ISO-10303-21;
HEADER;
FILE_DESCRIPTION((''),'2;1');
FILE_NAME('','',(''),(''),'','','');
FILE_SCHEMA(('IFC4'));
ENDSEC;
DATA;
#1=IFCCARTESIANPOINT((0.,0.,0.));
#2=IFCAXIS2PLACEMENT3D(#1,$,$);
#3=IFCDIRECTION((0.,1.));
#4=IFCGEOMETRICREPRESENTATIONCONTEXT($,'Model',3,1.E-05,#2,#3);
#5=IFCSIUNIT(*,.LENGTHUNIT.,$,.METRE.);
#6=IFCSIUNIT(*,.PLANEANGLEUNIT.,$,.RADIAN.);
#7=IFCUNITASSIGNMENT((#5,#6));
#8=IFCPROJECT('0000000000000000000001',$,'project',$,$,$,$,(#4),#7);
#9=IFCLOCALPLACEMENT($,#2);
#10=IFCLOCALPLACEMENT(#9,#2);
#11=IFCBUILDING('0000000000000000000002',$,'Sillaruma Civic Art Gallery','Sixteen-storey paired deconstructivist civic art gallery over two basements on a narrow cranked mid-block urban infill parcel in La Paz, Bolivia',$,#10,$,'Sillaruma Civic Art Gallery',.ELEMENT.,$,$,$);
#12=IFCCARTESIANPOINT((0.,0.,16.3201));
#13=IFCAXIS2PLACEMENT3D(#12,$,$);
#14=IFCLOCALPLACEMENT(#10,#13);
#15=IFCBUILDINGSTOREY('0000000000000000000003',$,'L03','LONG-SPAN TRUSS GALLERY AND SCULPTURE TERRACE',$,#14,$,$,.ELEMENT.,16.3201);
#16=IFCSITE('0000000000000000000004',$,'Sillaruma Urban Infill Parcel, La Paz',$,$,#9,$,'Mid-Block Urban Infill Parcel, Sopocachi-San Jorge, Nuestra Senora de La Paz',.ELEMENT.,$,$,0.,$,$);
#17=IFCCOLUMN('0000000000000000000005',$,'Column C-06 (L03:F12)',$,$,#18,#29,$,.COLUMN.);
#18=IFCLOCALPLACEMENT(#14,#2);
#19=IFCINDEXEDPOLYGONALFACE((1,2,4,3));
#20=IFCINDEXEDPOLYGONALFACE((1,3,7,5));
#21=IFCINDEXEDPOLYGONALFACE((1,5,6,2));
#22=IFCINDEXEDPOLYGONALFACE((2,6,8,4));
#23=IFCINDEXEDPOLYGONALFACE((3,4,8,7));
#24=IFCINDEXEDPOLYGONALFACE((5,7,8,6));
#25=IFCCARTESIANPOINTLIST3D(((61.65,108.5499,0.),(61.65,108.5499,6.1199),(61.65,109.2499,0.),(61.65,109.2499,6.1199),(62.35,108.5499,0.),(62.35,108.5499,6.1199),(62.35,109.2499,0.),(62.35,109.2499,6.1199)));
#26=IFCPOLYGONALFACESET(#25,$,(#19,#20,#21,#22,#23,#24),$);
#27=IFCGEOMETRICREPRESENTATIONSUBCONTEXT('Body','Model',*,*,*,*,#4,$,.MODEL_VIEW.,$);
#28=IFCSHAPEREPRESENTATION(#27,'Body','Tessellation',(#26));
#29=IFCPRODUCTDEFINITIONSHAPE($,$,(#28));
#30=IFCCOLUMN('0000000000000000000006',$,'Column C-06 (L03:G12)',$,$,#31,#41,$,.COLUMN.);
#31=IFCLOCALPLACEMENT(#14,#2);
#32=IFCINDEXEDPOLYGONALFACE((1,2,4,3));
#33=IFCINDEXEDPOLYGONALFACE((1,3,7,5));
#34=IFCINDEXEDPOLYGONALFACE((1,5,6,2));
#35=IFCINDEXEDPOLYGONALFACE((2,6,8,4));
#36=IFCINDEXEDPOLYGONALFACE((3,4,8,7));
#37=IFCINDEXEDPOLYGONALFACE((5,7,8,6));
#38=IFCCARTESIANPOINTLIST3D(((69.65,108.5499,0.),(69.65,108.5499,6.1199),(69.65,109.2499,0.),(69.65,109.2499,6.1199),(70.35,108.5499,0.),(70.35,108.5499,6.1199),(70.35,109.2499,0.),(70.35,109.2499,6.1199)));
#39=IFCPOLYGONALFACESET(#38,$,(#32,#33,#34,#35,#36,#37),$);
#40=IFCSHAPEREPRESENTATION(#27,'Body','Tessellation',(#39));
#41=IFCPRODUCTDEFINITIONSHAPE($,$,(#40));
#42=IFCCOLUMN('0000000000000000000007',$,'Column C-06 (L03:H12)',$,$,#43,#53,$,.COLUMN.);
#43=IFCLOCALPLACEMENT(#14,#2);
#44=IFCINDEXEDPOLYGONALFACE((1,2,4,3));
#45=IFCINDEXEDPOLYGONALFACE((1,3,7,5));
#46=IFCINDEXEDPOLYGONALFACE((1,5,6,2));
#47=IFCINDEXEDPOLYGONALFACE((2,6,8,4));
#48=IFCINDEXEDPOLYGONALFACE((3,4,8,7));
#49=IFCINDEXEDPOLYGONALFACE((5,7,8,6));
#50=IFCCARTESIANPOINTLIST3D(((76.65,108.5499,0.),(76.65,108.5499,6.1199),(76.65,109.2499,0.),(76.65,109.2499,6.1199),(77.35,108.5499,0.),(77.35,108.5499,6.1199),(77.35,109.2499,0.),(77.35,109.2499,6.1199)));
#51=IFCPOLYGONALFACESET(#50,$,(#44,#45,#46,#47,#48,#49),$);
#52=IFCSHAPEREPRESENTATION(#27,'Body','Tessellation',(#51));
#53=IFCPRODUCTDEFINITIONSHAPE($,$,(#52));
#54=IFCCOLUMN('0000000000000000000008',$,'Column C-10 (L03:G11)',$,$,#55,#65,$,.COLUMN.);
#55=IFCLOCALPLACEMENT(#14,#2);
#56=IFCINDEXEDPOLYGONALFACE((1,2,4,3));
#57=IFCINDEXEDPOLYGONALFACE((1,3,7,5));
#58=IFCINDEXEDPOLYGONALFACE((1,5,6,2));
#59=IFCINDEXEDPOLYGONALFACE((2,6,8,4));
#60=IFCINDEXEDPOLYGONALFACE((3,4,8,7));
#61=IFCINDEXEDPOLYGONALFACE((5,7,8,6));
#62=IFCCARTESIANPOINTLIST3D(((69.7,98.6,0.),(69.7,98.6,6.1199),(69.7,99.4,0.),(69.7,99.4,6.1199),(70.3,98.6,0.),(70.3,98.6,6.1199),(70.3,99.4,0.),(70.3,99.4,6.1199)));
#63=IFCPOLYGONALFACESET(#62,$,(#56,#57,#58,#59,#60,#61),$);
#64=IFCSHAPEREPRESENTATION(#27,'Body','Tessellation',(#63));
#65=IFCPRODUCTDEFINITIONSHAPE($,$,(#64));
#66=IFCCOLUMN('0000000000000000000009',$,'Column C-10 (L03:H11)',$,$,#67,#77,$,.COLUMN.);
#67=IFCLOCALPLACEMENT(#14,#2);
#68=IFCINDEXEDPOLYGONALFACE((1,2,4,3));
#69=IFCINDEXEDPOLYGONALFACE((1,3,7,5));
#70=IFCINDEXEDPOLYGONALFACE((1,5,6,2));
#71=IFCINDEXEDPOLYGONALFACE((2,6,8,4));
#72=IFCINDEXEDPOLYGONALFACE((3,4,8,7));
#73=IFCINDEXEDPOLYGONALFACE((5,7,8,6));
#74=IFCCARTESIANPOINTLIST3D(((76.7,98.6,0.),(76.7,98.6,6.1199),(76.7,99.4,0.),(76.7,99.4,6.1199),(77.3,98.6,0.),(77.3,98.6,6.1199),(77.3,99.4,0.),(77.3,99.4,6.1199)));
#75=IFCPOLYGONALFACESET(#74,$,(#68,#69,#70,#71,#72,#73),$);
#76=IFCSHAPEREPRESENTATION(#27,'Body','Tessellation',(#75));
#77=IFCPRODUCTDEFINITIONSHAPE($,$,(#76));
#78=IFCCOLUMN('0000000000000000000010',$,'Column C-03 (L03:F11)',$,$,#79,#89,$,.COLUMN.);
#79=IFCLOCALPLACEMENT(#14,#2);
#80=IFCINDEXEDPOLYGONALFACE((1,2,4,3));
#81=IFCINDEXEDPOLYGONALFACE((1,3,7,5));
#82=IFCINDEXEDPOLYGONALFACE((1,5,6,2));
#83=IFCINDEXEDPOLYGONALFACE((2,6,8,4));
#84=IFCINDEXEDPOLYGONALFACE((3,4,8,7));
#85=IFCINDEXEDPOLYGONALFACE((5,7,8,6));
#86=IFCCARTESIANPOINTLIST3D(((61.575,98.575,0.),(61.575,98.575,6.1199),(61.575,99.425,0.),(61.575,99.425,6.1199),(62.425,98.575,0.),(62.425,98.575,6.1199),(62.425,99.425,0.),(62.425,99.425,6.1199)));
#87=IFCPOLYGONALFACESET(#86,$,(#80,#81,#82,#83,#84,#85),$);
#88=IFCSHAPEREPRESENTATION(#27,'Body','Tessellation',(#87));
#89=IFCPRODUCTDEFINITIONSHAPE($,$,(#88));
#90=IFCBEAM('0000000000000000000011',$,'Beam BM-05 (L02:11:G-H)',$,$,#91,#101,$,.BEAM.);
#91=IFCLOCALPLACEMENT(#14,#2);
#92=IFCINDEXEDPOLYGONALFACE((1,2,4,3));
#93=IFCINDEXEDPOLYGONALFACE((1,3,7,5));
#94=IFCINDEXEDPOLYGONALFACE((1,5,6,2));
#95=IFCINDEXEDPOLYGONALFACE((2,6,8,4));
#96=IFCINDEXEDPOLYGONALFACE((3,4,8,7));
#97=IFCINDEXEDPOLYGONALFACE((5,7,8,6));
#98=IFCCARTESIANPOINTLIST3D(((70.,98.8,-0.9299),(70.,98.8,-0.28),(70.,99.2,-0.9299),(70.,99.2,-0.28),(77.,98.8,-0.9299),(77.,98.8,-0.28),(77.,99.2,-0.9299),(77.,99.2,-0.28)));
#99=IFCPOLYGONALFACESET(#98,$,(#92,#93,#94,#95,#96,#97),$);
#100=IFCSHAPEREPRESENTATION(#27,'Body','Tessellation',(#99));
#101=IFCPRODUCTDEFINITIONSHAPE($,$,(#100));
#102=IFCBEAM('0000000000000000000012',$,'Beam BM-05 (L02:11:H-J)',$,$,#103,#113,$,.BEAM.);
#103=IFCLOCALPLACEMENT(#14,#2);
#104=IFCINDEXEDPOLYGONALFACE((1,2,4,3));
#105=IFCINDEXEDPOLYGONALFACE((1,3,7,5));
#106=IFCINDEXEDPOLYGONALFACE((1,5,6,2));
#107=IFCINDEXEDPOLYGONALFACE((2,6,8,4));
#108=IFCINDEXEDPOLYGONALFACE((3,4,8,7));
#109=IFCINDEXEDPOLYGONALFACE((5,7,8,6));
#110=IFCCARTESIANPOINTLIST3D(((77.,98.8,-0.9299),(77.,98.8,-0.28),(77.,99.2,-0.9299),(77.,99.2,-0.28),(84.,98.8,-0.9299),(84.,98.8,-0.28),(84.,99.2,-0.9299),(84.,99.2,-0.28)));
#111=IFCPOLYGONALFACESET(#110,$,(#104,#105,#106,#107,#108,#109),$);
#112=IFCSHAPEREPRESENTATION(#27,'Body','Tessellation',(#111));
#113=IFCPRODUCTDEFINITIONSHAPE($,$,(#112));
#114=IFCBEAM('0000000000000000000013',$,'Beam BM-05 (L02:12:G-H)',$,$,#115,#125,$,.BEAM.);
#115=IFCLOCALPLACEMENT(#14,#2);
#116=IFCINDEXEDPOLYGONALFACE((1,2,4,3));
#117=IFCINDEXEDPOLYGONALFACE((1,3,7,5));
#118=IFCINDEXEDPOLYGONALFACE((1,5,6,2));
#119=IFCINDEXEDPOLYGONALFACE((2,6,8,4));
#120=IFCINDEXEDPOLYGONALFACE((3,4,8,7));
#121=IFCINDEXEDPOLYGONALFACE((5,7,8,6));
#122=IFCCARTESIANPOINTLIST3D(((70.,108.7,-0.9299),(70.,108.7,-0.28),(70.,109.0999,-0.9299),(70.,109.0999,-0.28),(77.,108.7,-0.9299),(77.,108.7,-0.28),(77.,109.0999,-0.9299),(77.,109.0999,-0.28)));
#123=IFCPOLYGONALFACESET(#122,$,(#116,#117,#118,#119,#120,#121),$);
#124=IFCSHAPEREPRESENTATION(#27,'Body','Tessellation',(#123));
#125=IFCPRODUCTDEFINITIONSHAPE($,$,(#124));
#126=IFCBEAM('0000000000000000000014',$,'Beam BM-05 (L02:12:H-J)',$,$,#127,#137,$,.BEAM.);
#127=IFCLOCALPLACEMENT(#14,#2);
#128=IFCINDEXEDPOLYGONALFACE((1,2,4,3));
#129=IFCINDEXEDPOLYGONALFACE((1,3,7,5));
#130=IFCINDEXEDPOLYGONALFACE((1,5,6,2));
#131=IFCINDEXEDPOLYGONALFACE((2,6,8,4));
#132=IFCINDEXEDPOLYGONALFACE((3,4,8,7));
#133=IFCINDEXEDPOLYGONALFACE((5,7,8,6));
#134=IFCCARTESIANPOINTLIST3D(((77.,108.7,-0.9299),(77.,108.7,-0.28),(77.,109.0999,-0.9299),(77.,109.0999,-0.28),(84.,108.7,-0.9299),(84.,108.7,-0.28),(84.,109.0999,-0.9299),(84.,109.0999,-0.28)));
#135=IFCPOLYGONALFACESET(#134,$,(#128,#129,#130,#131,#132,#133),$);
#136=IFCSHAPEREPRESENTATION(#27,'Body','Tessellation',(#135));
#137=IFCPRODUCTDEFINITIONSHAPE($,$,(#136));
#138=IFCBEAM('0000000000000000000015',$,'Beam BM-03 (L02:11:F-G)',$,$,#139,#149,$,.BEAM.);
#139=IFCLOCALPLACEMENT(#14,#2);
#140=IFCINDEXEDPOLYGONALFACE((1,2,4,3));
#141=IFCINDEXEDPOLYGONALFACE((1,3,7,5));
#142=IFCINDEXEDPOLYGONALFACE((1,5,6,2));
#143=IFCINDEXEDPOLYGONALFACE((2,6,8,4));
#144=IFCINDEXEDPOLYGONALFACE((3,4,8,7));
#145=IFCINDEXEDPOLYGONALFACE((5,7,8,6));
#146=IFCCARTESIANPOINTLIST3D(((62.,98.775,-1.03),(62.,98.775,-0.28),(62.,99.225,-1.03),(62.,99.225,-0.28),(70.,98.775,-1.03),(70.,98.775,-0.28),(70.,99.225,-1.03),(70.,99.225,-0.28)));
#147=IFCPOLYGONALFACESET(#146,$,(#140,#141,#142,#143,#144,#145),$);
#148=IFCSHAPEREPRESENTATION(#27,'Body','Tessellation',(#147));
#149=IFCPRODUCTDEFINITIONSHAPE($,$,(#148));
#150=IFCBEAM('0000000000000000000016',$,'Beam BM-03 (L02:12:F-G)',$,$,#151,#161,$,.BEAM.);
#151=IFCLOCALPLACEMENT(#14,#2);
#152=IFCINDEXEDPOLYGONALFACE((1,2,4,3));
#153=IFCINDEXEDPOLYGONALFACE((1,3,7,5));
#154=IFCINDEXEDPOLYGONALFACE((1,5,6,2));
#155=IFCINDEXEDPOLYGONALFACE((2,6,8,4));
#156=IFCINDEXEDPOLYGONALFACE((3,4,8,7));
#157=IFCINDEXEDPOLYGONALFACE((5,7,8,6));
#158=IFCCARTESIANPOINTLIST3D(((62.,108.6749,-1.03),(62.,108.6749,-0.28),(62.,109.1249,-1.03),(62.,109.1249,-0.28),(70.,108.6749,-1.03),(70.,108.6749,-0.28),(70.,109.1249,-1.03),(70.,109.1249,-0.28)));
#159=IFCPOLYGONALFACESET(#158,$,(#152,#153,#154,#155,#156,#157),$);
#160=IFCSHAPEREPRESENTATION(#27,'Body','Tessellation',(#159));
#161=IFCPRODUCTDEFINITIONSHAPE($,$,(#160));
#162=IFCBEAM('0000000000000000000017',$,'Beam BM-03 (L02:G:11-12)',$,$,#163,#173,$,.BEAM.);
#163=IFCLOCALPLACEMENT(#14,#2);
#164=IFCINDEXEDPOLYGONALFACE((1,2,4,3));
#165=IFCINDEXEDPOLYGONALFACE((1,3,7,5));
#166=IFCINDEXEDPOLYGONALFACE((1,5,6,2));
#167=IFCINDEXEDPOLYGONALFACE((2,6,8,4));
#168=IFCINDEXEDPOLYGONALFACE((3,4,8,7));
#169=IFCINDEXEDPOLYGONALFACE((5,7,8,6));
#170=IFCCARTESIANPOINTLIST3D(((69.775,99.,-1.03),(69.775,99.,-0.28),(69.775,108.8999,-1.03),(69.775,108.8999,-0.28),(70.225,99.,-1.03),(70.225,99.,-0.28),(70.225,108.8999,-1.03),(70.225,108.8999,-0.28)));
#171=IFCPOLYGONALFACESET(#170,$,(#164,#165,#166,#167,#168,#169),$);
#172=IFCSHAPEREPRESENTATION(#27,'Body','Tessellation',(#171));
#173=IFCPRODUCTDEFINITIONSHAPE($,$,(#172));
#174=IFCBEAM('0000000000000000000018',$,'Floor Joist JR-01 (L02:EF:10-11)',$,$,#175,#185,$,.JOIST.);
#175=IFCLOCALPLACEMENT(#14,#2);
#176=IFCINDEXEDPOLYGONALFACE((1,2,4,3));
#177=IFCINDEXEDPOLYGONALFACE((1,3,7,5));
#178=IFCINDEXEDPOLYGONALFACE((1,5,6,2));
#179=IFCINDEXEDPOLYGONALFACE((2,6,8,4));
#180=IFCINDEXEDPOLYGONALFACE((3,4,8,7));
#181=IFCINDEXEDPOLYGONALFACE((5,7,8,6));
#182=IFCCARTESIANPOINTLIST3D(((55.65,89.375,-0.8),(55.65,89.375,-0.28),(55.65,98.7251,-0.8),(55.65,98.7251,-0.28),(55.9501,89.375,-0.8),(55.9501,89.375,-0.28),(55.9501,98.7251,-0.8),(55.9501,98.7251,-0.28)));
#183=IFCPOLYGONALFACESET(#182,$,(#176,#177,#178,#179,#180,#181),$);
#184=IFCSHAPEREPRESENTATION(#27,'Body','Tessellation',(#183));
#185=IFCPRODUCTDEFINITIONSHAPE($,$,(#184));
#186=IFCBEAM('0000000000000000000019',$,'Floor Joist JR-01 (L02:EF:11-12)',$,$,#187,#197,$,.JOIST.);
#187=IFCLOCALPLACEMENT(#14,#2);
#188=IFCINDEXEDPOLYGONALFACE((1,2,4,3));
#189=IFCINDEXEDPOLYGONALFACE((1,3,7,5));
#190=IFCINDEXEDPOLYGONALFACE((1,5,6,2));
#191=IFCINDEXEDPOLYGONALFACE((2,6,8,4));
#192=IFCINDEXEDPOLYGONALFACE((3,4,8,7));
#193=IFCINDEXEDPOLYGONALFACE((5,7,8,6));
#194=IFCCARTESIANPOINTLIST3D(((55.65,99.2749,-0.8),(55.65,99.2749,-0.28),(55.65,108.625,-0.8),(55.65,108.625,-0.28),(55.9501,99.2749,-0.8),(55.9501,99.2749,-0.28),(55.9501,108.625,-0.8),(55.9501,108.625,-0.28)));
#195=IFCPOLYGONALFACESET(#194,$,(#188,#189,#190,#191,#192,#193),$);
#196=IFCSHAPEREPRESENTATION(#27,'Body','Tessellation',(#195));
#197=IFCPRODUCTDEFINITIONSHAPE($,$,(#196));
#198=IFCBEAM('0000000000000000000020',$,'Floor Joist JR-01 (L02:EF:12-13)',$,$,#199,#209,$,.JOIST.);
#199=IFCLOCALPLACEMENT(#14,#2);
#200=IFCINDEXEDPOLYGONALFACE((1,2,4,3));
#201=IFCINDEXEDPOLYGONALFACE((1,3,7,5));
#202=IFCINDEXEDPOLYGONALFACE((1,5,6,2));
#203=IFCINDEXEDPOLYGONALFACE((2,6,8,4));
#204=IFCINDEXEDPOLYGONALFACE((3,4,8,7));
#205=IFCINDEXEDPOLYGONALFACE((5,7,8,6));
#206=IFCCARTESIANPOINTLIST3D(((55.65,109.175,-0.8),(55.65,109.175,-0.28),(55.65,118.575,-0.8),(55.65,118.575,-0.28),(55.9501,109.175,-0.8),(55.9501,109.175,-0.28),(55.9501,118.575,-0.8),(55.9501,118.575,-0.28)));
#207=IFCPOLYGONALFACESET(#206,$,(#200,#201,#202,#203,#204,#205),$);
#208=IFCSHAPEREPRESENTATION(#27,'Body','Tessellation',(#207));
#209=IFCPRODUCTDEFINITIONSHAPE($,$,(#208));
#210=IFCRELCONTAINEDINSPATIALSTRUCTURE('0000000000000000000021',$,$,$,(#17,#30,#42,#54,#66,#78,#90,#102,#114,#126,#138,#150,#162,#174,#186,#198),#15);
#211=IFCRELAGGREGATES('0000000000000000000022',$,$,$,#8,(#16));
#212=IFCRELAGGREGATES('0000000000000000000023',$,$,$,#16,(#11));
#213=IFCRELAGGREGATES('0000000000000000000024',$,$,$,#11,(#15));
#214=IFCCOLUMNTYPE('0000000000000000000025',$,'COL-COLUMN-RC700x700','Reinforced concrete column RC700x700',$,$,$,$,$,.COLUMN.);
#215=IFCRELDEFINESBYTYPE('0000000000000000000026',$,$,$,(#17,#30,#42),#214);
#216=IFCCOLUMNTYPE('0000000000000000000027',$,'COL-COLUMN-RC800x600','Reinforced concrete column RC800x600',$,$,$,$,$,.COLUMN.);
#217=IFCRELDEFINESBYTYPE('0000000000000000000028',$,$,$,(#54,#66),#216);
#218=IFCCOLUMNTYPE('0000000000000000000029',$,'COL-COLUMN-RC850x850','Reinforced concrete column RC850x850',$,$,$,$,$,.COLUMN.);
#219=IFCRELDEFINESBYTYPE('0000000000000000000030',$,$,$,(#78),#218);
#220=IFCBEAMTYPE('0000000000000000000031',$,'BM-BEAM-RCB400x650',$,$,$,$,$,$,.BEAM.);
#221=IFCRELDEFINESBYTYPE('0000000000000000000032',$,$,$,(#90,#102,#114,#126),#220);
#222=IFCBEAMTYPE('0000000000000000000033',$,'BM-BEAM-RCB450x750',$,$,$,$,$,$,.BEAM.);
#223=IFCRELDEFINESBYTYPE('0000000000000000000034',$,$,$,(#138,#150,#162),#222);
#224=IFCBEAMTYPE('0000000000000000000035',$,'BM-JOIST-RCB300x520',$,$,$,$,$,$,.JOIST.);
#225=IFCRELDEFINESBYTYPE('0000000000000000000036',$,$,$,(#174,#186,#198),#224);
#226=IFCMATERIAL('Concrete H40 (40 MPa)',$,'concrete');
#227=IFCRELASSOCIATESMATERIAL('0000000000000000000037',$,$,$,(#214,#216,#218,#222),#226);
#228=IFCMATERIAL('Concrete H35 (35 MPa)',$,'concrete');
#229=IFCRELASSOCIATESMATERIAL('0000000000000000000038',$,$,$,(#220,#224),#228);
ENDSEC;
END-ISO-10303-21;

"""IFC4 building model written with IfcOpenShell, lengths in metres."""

from ifc_helpers import new_model, si_unit, direction, frame, origin, origin_2d, place, context, subcontext, project, spatial, rectangle, extrude, material, material_profile, profile_set, type_object, element, save


model = new_model("IFC4")

# Units and contexts
model_context = context("Model", 3, precision=1e-05, world=origin(), true_north=direction((0.0, 1.0)))
body_context = subcontext(model_context, "Body", "Model", "MODEL_VIEW")
ifc_project = project(units=[si_unit("LENGTHUNIT", "METRE"), si_unit("PLANEANGLEUNIT", "RADIAN")], contexts=[model_context])

# Site, building, storey
site_placement = place(None, origin())
site = spatial("IfcSite", under=ifc_project, at=site_placement, Name="Sillaruma Urban Infill Parcel, La Paz", LongName="Mid-Block Urban Infill Parcel, Sopocachi-San Jorge, Nuestra Senora de La Paz", CompositionType="ELEMENT", RefElevation=0.0)
building_placement = place(site_placement, origin())
building = spatial("IfcBuilding", under=site, at=building_placement, Name="Sillaruma Civic Art Gallery", Description="Sixteen-storey paired deconstructivist civic art gallery over two basements on a narrow cranked mid-block urban infill parcel in La Paz, Bolivia", LongName="Sillaruma Civic Art Gallery", CompositionType="ELEMENT")
storey_placement = place(building_placement, frame((0.0, 0.0, 16.3201)))
storey = spatial("IfcBuildingStorey", under=building, at=storey_placement, Name="L03", Description="LONG-SPAN TRUSS GALLERY AND SCULPTURE TERRACE", CompositionType="ELEMENT", Elevation=16.3201)

# Columns
ifc_material_1 = material(Name="Concrete H40 (40 MPa)", Category="concrete")
ifc_material_profile_1 = material_profile(ifc_material_1, rectangle(XDim=0.7, YDim=0.7, at=origin_2d()), Name="RC700x700")
ifc_profile_set_1 = profile_set([ifc_material_profile_1], Name="Concrete H40 (40 MPa)")
column_type_1 = type_object("IfcColumnType", Name="COL-COLUMN-RC700x700", Description="Reinforced concrete column RC700x700", PredefinedType="COLUMN", material=ifc_profile_set_1)
for number, where, z_axis, x_axis, name in (
    (1, (62.0, 108.8999, 0.0), (0.0, 0.0, 1.0), (1.0, 0.0, 0.0), "Column C-06 (L03:F12)"),
    (2, (70.0, 108.8999, 0.0), (0.0, 0.0, 1.0), (1.0, 0.0, 0.0), "Column C-06 (L03:G12)"),
    (3, (77.0, 108.8999, 0.0), (0.0, 0.0, 1.0), (1.0, 0.0, 0.0), "Column C-06 (L03:H12)"),
):
    element("IfcColumn", number, at=place(storey_placement, frame(where, z_axis=z_axis, x_axis=x_axis)), inside=storey, type_object=column_type_1, Name=name, PredefinedType="COLUMN", context=body_context, shape_type="SweptSolid", body=[
        extrude(rectangle(XDim=0.7, YDim=0.7, at=origin_2d()), origin(), (0.0, 0.0, 1.0), 6.1199),
    ])
ifc_material_profile_2 = material_profile(ifc_material_1, rectangle(XDim=0.6001, YDim=0.8, at=origin_2d()), Name="RC800x600")
ifc_profile_set_2 = profile_set([ifc_material_profile_2], Name="Concrete H40 (40 MPa)")
column_type_2 = type_object("IfcColumnType", Name="COL-COLUMN-RC800x600", Description="Reinforced concrete column RC800x600", PredefinedType="COLUMN", material=ifc_profile_set_2)
for number, where, z_axis, x_axis, name in (
    (4, (70.0, 99.0, 0.0), (0.0, 0.0, 1.0), (1.0, 0.0, 0.0), "Column C-10 (L03:G11)"),
    (5, (77.0, 99.0, 0.0), (0.0, 0.0, 1.0), (1.0, 0.0, 0.0), "Column C-10 (L03:H11)"),
):
    element("IfcColumn", number, at=place(storey_placement, frame(where, z_axis=z_axis, x_axis=x_axis)), inside=storey, type_object=column_type_2, Name=name, PredefinedType="COLUMN", context=body_context, shape_type="SweptSolid", body=[
        extrude(rectangle(XDim=0.6001, YDim=0.8, at=origin_2d()), origin(), (0.0, 0.0, 1.0), 6.1199),
    ])
ifc_material_profile_3 = material_profile(ifc_material_1, rectangle(XDim=0.8501, YDim=0.8501, at=origin_2d()), Name="RC850x850")
ifc_profile_set_3 = profile_set([ifc_material_profile_3], Name="Concrete H40 (40 MPa)")
column_type_3 = type_object("IfcColumnType", Name="COL-COLUMN-RC850x850", Description="Reinforced concrete column RC850x850", PredefinedType="COLUMN", material=ifc_profile_set_3)
column_placement = place(storey_placement, frame((62.0, 99.0, 0.0), z_axis=(0.0, 0.0, 1.0), x_axis=(1.0, 0.0, 0.0)))
element("IfcColumn", 6, at=column_placement, inside=storey, type_object=column_type_3, Name="Column C-03 (L03:F11)", PredefinedType="COLUMN", context=body_context, shape_type="SweptSolid", body=[
    extrude(rectangle(XDim=0.8501, YDim=0.8501, at=origin_2d()), origin(), (0.0, 0.0, 1.0), 6.1199),
])

# Beams
ifc_material_2 = material(Name="Concrete H35 (35 MPa)", Category="concrete")
ifc_material_profile_4 = material_profile(ifc_material_2, rectangle(XDim=0.3999, YDim=0.6499, at=origin_2d()), Name="RCB400x650")
ifc_profile_set_4 = profile_set([ifc_material_profile_4], Name="Concrete H35 (35 MPa)")
beam_type_1 = type_object("IfcBeamType", Name="BM-BEAM-RCB400x650", PredefinedType="BEAM", material=ifc_profile_set_4)
for number, where, z_axis, x_axis, name in (
    (7, (70.0, 99.0, -0.605), (1.0, 0.0, 0.0), (0.0, 1.0, 0.0), "Beam BM-05 (L02:11:G-H)"),
    (8, (77.0, 99.0, -0.605), (1.0, 0.0, 0.0), (0.0, 1.0, 0.0), "Beam BM-05 (L02:11:H-J)"),
    (9, (70.0, 108.8999, -0.605), (1.0, 0.0, 0.0), (0.0, 1.0, 0.0), "Beam BM-05 (L02:12:G-H)"),
    (10, (77.0, 108.8999, -0.605), (1.0, 0.0, 0.0), (0.0, 1.0, 0.0), "Beam BM-05 (L02:12:H-J)"),
):
    element("IfcBeam", number, at=place(storey_placement, frame(where, z_axis=z_axis, x_axis=x_axis)), inside=storey, type_object=beam_type_1, Name=name, PredefinedType="BEAM", context=body_context, shape_type="SweptSolid", body=[
        extrude(rectangle(XDim=0.3999, YDim=0.6499, at=origin_2d()), origin(), (0.0, 0.0, 1.0), 7.0),
    ])
ifc_material_profile_5 = material_profile(ifc_material_1, rectangle(XDim=0.45, YDim=0.75, at=origin_2d()), Name="RCB450x750")
ifc_profile_set_5 = profile_set([ifc_material_profile_5], Name="Concrete H40 (40 MPa)")
beam_type_2 = type_object("IfcBeamType", Name="BM-BEAM-RCB450x750", PredefinedType="BEAM", material=ifc_profile_set_5)
for number, where, z_axis, x_axis, name in (
    (11, (62.0, 99.0, -0.655), (1.0, 0.0, 0.0), (0.0, 1.0, 0.0), "Beam BM-03 (L02:11:F-G)"),
    (12, (62.0, 108.8999, -0.655), (1.0, 0.0, 0.0), (0.0, 1.0, 0.0), "Beam BM-03 (L02:12:F-G)"),
):
    element("IfcBeam", number, at=place(storey_placement, frame(where, z_axis=z_axis, x_axis=x_axis)), inside=storey, type_object=beam_type_2, Name=name, PredefinedType="BEAM", context=body_context, shape_type="SweptSolid", body=[
        extrude(rectangle(XDim=0.45, YDim=0.75, at=origin_2d()), origin(), (0.0, 0.0, 1.0), 8.0),
    ])
beam_1_placement = place(storey_placement, frame((70.0, 99.0, -0.655), z_axis=(0.0, 1.0, 0.0), x_axis=(-1.0, 0.0, 0.0)))
element("IfcBeam", 13, at=beam_1_placement, inside=storey, type_object=beam_type_2, Name="Beam BM-03 (L02:G:11-12)", PredefinedType="BEAM", context=body_context, shape_type="SweptSolid", body=[
    extrude(rectangle(XDim=0.45, YDim=0.75, at=origin_2d()), origin(), (0.0, 0.0, 1.0), 9.8999),
])
ifc_material_profile_6 = material_profile(ifc_material_2, rectangle(XDim=0.3, YDim=0.52, at=origin_2d()), Name="RCB300x520")
ifc_profile_set_6 = profile_set([ifc_material_profile_6], Name="Concrete H35 (35 MPa)")
beam_type_3 = type_object("IfcBeamType", Name="BM-JOIST-RCB300x520", PredefinedType="JOIST", material=ifc_profile_set_6)
for number, where, z_axis, x_axis, name in (
    (14, (55.8, 89.375, -0.54), (0.0, 1.0, 0.0), (-1.0, 0.0, 0.0), "Floor Joist JR-01 (L02:EF:10-11)"),
    (15, (55.8, 99.2749, -0.54), (0.0, 1.0, 0.0), (-1.0, 0.0, 0.0), "Floor Joist JR-01 (L02:EF:11-12)"),
):
    element("IfcBeam", number, at=place(storey_placement, frame(where, z_axis=z_axis, x_axis=x_axis)), inside=storey, type_object=beam_type_3, Name=name, PredefinedType="JOIST", context=body_context, shape_type="SweptSolid", body=[
        extrude(rectangle(XDim=0.3, YDim=0.52, at=origin_2d()), origin(), (0.0, 0.0, 1.0), 9.3501),
    ])
beam_2_placement = place(storey_placement, frame((55.8, 109.175, -0.54), z_axis=(0.0, 1.0, 0.0), x_axis=(-1.0, 0.0, 0.0)))
element("IfcBeam", 16, at=beam_2_placement, inside=storey, type_object=beam_type_3, Name="Floor Joist JR-01 (L02:EF:12-13)", PredefinedType="JOIST", context=body_context, shape_type="SweptSolid", body=[
    extrude(rectangle(XDim=0.3, YDim=0.52, at=origin_2d()), origin(), (0.0, 0.0, 1.0), 9.3999),
])

save(model, "model.ifc")
